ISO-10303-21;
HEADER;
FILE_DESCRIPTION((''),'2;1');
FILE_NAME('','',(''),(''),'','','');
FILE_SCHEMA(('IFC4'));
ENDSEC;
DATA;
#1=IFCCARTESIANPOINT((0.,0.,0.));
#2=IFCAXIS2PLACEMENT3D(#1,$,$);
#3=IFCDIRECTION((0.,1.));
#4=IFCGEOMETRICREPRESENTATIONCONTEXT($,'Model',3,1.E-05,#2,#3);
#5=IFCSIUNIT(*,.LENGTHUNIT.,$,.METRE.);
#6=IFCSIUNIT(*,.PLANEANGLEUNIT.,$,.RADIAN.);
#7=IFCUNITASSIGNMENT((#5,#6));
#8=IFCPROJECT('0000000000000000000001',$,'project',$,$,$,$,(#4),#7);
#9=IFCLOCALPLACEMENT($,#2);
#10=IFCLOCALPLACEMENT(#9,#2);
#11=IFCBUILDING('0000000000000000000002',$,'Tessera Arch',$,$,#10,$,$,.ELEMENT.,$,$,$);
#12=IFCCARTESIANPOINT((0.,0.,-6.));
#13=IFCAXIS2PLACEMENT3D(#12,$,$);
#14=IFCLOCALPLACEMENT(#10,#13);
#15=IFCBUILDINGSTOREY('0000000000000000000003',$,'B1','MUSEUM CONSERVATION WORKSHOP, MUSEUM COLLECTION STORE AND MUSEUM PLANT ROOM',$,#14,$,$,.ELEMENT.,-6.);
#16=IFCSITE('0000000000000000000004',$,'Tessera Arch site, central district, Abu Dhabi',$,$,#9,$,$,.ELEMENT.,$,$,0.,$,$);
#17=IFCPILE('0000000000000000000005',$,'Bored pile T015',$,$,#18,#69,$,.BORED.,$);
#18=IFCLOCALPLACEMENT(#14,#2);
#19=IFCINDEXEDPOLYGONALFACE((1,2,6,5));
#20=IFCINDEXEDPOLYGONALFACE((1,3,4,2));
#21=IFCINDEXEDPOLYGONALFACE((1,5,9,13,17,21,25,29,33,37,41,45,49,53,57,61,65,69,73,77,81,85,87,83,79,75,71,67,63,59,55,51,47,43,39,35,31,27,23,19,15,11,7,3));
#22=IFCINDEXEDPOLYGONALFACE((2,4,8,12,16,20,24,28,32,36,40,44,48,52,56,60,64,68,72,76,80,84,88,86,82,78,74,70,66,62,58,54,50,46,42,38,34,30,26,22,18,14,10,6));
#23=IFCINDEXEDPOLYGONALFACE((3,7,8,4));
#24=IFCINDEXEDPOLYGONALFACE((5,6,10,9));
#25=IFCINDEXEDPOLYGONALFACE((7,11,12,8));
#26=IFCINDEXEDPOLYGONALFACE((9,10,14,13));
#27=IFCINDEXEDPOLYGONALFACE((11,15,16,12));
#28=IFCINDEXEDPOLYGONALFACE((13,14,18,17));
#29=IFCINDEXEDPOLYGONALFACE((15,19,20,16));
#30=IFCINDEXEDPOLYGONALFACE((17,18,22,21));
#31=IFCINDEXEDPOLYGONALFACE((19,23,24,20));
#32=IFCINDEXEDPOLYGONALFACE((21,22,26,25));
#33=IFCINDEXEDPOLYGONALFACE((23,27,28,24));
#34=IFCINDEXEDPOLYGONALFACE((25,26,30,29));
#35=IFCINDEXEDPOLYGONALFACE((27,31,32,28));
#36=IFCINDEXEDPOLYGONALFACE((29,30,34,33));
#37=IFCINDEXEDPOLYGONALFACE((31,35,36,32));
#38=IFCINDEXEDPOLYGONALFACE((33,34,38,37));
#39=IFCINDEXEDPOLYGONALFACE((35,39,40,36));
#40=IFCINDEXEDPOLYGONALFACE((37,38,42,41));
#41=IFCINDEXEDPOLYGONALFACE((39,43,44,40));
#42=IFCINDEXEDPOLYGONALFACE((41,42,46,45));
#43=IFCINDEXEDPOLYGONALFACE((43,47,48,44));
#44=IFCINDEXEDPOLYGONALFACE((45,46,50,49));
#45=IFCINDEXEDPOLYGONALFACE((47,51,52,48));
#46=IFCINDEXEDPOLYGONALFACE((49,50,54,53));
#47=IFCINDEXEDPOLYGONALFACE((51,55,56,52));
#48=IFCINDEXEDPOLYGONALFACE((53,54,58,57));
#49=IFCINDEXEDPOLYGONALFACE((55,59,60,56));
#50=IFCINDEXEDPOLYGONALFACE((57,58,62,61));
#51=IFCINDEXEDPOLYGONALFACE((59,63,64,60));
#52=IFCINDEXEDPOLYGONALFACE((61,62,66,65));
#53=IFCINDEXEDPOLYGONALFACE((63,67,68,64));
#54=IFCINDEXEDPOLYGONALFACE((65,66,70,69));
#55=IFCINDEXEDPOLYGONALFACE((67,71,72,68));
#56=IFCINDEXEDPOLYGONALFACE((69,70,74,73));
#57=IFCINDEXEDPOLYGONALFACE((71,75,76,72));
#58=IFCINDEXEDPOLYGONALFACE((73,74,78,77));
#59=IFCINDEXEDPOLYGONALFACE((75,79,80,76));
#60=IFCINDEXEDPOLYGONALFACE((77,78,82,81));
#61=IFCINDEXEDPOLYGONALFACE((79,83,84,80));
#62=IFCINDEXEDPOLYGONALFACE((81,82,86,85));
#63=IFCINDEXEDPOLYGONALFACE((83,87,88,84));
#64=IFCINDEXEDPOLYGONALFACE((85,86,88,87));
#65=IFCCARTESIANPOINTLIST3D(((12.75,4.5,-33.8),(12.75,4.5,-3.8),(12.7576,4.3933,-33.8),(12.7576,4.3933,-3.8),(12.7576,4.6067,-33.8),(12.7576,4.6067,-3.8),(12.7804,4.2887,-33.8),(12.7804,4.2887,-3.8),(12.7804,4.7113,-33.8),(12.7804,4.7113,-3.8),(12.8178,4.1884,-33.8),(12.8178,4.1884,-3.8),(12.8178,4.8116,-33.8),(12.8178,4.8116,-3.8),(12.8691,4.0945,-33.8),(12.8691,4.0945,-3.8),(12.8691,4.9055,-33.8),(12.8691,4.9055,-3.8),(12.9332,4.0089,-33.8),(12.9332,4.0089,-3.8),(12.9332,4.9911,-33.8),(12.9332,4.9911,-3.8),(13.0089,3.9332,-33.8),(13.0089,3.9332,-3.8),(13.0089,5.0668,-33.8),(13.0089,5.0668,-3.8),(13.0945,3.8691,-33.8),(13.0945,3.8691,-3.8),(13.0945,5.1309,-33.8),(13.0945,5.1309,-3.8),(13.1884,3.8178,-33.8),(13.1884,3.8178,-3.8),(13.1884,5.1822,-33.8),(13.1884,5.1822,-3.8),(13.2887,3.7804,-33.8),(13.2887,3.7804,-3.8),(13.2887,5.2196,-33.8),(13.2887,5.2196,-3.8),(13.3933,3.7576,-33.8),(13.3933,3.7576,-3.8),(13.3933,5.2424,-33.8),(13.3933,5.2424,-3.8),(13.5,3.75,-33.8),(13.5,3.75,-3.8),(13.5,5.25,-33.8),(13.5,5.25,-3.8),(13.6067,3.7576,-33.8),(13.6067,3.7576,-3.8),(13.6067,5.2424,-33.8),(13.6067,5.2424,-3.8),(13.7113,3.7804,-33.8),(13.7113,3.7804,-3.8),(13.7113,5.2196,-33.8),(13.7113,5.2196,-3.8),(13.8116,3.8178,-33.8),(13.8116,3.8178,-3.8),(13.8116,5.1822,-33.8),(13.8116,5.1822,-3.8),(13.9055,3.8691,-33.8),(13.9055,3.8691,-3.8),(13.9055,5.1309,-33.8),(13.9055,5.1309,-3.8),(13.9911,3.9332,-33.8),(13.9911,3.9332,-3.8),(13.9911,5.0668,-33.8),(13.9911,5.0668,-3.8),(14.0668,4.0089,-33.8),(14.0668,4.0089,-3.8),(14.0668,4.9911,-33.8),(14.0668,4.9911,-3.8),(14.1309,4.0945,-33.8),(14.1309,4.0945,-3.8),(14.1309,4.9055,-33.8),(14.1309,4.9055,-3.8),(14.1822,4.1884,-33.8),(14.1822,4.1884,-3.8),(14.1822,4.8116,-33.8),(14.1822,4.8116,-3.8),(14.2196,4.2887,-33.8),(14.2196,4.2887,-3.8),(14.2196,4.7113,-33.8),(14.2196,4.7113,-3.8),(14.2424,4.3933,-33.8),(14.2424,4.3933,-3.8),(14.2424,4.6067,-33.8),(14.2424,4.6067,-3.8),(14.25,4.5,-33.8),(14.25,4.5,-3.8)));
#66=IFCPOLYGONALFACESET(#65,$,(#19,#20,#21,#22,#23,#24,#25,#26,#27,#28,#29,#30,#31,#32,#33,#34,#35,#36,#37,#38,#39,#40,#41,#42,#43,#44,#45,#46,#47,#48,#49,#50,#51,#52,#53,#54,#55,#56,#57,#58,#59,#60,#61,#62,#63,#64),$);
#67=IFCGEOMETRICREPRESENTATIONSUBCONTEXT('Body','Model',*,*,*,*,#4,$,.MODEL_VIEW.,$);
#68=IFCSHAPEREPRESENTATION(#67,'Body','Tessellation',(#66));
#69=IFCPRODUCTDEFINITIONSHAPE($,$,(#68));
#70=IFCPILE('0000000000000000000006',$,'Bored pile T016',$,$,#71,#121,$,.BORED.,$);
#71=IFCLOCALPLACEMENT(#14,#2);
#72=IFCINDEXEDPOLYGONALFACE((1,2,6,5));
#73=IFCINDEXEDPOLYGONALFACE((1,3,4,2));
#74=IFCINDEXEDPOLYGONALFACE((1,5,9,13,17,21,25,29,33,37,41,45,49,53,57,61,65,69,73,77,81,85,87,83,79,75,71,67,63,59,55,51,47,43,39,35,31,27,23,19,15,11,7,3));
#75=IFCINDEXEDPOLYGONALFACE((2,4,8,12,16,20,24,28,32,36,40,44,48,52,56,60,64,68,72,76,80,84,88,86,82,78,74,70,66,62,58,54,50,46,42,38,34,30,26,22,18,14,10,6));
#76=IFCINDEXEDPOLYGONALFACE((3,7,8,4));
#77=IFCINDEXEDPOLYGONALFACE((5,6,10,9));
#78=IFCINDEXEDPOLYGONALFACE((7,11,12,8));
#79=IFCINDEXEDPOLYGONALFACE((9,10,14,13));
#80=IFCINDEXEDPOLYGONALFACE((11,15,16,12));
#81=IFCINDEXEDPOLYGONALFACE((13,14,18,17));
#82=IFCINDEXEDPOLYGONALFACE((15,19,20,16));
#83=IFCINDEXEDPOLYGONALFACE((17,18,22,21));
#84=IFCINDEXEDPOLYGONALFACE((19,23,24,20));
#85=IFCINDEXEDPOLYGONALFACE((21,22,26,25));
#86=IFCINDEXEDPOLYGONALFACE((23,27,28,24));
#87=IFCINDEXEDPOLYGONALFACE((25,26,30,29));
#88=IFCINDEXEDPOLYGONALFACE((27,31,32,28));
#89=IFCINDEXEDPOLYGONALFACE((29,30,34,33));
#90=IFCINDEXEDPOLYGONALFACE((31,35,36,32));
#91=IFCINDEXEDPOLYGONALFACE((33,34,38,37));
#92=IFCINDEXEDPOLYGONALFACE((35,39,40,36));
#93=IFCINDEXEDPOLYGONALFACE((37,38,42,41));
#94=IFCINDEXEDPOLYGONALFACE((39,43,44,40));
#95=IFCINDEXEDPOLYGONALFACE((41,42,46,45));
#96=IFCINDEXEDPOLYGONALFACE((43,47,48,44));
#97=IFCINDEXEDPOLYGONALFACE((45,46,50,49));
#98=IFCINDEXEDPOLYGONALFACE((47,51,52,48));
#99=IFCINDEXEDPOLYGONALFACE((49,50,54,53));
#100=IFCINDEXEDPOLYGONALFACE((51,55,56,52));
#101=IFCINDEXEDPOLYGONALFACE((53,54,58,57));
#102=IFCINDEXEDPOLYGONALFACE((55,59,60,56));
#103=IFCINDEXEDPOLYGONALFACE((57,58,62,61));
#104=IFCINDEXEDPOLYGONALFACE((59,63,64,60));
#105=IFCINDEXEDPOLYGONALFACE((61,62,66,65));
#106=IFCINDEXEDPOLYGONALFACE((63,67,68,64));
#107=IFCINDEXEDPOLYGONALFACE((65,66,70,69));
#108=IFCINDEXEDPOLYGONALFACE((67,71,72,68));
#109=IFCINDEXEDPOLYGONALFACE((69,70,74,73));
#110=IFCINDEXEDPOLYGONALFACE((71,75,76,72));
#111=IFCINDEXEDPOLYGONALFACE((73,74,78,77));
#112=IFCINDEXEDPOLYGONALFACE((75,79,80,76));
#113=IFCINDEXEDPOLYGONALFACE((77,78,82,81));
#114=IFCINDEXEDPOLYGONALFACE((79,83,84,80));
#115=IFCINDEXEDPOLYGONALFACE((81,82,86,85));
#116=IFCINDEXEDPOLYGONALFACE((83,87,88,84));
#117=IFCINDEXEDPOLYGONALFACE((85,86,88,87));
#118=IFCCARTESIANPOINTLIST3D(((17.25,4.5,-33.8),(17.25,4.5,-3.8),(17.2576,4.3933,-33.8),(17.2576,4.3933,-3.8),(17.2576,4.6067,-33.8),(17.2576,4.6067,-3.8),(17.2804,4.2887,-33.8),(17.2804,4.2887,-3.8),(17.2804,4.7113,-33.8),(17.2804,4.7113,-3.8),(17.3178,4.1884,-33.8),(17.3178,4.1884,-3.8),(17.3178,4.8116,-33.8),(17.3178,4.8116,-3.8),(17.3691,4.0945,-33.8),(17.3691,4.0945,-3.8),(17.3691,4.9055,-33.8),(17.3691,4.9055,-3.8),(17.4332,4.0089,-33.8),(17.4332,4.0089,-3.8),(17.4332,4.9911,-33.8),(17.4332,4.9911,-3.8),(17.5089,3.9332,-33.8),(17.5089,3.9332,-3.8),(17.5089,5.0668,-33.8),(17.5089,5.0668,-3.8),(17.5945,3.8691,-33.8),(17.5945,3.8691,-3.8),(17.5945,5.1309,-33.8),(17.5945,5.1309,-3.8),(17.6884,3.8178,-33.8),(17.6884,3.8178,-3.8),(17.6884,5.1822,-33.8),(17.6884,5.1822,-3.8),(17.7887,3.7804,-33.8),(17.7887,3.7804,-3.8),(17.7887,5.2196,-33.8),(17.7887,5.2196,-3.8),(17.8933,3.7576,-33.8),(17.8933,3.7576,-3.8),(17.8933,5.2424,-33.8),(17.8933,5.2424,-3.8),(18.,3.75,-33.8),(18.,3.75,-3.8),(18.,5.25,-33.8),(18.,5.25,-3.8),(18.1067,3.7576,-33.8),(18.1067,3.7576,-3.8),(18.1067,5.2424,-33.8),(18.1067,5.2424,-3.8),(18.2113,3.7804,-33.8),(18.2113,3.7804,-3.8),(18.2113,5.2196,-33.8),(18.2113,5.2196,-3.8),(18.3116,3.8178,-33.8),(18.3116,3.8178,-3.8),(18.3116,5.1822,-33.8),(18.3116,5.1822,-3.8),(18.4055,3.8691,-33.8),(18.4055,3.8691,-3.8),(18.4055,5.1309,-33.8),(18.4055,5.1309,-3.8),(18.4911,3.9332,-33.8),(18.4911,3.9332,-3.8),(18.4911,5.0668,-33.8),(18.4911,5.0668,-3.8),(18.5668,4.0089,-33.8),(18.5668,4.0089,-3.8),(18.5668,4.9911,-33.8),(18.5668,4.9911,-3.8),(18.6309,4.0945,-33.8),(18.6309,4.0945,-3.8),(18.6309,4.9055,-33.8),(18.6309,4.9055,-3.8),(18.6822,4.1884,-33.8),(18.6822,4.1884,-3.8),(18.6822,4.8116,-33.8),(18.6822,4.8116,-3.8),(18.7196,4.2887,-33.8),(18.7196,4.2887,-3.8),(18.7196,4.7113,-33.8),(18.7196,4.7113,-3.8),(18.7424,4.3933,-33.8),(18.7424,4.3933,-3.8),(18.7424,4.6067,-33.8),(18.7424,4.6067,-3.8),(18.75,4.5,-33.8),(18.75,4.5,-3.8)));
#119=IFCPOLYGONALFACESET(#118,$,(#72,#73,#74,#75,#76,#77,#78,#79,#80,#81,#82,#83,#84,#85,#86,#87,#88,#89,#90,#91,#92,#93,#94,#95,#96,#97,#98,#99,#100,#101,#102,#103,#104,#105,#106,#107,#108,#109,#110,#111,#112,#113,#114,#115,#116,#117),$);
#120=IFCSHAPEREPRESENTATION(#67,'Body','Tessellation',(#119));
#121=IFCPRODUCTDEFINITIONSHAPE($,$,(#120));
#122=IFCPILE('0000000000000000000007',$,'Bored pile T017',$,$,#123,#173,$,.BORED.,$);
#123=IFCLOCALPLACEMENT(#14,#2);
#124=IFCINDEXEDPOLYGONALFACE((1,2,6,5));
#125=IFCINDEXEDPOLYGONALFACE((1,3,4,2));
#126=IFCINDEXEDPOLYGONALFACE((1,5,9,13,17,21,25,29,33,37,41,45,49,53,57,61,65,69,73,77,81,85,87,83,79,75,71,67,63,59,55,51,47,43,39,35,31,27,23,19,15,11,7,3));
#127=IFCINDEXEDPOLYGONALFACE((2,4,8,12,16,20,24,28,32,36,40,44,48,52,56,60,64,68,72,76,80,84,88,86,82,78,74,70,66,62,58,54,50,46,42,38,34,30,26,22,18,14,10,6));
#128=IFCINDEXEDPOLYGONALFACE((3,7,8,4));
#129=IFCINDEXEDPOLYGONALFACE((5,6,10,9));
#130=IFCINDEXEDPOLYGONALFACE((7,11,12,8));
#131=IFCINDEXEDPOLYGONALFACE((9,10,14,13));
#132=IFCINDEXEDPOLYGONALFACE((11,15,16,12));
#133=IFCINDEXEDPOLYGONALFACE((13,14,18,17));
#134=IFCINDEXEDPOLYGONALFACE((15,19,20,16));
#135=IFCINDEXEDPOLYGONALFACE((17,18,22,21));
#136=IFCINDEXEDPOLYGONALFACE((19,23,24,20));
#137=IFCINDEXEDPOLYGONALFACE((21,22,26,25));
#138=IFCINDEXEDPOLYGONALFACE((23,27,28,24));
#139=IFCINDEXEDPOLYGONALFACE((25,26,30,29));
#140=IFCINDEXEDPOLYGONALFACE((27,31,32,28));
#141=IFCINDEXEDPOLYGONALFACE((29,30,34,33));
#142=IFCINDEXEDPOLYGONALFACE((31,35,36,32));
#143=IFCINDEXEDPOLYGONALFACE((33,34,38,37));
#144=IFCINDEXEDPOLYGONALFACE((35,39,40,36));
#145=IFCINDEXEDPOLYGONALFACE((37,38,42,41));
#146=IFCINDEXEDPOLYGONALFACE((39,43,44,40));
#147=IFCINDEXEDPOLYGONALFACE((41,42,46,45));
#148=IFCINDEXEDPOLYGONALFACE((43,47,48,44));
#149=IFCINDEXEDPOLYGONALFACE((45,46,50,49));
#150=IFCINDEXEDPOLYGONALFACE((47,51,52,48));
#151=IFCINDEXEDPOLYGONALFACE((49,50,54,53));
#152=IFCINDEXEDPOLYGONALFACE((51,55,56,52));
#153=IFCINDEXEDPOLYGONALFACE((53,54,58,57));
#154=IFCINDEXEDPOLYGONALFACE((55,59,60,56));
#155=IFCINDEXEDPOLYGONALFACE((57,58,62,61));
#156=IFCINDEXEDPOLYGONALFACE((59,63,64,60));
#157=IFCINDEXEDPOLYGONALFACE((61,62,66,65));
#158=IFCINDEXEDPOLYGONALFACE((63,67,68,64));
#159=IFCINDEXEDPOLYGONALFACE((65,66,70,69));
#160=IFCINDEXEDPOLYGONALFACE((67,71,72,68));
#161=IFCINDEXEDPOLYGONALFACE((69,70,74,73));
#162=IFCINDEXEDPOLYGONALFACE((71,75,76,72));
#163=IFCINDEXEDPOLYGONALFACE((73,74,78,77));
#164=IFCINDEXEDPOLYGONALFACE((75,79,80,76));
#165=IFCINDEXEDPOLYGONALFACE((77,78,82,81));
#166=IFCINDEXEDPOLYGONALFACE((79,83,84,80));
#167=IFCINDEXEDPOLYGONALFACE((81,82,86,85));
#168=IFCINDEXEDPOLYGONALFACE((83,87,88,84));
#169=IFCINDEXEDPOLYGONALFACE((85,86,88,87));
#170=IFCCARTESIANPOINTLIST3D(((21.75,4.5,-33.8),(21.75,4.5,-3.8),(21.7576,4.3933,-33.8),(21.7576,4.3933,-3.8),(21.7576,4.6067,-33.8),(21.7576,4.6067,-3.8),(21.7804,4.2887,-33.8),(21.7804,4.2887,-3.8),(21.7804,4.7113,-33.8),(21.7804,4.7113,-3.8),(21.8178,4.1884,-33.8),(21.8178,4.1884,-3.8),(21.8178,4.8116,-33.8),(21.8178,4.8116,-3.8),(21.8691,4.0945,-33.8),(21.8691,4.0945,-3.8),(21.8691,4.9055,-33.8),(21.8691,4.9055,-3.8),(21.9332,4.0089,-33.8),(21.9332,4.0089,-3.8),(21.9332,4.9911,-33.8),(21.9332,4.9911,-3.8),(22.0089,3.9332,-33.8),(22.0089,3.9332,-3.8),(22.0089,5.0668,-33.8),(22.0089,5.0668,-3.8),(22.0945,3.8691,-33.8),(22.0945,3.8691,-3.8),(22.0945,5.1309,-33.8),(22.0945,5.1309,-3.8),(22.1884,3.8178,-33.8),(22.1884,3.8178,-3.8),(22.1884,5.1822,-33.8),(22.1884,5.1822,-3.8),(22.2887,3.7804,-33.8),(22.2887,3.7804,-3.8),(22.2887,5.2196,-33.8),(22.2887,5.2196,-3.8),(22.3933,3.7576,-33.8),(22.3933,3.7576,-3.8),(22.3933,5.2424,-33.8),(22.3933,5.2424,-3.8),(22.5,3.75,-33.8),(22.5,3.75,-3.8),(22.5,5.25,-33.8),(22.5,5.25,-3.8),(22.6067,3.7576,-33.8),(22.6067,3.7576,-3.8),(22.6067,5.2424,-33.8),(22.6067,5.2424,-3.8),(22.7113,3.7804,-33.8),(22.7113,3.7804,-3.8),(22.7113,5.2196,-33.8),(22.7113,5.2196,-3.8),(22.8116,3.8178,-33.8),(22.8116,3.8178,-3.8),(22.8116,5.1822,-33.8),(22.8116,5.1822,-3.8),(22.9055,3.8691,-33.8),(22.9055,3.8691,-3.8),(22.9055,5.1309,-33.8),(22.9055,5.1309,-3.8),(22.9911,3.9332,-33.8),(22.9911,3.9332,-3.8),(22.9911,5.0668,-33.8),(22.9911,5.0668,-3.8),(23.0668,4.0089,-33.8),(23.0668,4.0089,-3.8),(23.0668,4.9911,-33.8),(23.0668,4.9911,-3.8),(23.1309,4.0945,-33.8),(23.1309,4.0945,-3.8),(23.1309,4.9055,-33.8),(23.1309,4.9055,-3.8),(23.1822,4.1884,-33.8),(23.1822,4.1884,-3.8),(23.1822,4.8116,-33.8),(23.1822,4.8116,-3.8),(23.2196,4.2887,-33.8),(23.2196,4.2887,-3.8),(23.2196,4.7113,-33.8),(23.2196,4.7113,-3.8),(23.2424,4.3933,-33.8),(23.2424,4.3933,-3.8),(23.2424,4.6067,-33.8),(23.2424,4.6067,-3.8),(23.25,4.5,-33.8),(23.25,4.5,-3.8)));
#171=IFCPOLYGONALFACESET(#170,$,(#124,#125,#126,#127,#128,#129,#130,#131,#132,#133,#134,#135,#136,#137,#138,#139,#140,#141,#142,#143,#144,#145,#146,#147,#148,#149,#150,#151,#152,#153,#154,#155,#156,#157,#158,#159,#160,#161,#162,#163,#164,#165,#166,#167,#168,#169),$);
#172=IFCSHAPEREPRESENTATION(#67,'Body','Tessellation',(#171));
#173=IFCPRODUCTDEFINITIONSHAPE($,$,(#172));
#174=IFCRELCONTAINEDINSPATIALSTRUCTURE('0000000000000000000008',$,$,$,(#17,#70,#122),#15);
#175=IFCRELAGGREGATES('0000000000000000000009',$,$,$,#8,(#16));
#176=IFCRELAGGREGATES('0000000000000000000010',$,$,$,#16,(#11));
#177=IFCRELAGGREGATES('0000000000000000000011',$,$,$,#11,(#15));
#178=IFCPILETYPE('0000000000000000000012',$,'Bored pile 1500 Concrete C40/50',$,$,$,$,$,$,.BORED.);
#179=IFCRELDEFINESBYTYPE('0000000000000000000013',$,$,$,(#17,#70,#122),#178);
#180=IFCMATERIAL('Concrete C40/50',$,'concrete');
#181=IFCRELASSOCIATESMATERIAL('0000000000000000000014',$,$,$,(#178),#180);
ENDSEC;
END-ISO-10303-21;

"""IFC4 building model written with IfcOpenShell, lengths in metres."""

from ifc_helpers import new_model, si_unit, direction, frame, origin, origin_2d, place, context, subcontext, project, spatial, circle, extrude, material, type_object, element, save


model = new_model("IFC4")

# Units and contexts
model_context = context("Model", 3, precision=1e-05, world=origin(), true_north=direction((0.0, 1.0)))
body_context = subcontext(model_context, "Body", "Model", "MODEL_VIEW")
ifc_project = project(units=[si_unit("LENGTHUNIT", "METRE"), si_unit("PLANEANGLEUNIT", "RADIAN")], contexts=[model_context])

# Site, building, storey
site_placement = place(None, origin())
site = spatial("IfcSite", under=ifc_project, at=site_placement, Name="Tessera Arch site, central district, Abu Dhabi", CompositionType="ELEMENT", RefElevation=0.0)
building_placement = place(site_placement, origin())
building = spatial("IfcBuilding", under=site, at=building_placement, Name="Tessera Arch", CompositionType="ELEMENT")
storey_placement = place(building_placement, frame((0.0, 0.0, -6.0)))
storey = spatial("IfcBuildingStorey", under=building, at=storey_placement, Name="B1", Description="MUSEUM CONSERVATION WORKSHOP, MUSEUM COLLECTION STORE AND MUSEUM PLANT ROOM", CompositionType="ELEMENT", Elevation=-6.0)

# Piles
ifc_material_1 = material(Name="Concrete C40/50", Category="concrete")
pile_type = type_object("IfcPileType", Name="Bored pile 1500 Concrete C40/50", PredefinedType="BORED", material=ifc_material_1)
for number, where, z_axis, x_axis, name in (
    (1, (13.5, 4.5, -3.8), (0.0, 0.0, -1.0), (1.0, 0.0, 0.0), "Bored pile T015"),
    (2, (18.0, 4.5, -3.8), (0.0, 0.0, -1.0), (1.0, 0.0, 0.0), "Bored pile T016"),
    (3, (22.5, 4.5, -3.8), (0.0, 0.0, -1.0), (1.0, 0.0, 0.0), "Bored pile T017"),
):
    element("IfcPile", number, at=place(storey_placement, frame(where, z_axis=z_axis, x_axis=x_axis)), inside=storey, type_object=pile_type, Name=name, PredefinedType="BORED", context=body_context, shape_type="SweptSolid", body=[
        extrude(circle(Radius=0.75, at=origin_2d()), origin(), (0.0, 0.0, 1.0), 30.0),
    ])

save(model, "model.ifc")
